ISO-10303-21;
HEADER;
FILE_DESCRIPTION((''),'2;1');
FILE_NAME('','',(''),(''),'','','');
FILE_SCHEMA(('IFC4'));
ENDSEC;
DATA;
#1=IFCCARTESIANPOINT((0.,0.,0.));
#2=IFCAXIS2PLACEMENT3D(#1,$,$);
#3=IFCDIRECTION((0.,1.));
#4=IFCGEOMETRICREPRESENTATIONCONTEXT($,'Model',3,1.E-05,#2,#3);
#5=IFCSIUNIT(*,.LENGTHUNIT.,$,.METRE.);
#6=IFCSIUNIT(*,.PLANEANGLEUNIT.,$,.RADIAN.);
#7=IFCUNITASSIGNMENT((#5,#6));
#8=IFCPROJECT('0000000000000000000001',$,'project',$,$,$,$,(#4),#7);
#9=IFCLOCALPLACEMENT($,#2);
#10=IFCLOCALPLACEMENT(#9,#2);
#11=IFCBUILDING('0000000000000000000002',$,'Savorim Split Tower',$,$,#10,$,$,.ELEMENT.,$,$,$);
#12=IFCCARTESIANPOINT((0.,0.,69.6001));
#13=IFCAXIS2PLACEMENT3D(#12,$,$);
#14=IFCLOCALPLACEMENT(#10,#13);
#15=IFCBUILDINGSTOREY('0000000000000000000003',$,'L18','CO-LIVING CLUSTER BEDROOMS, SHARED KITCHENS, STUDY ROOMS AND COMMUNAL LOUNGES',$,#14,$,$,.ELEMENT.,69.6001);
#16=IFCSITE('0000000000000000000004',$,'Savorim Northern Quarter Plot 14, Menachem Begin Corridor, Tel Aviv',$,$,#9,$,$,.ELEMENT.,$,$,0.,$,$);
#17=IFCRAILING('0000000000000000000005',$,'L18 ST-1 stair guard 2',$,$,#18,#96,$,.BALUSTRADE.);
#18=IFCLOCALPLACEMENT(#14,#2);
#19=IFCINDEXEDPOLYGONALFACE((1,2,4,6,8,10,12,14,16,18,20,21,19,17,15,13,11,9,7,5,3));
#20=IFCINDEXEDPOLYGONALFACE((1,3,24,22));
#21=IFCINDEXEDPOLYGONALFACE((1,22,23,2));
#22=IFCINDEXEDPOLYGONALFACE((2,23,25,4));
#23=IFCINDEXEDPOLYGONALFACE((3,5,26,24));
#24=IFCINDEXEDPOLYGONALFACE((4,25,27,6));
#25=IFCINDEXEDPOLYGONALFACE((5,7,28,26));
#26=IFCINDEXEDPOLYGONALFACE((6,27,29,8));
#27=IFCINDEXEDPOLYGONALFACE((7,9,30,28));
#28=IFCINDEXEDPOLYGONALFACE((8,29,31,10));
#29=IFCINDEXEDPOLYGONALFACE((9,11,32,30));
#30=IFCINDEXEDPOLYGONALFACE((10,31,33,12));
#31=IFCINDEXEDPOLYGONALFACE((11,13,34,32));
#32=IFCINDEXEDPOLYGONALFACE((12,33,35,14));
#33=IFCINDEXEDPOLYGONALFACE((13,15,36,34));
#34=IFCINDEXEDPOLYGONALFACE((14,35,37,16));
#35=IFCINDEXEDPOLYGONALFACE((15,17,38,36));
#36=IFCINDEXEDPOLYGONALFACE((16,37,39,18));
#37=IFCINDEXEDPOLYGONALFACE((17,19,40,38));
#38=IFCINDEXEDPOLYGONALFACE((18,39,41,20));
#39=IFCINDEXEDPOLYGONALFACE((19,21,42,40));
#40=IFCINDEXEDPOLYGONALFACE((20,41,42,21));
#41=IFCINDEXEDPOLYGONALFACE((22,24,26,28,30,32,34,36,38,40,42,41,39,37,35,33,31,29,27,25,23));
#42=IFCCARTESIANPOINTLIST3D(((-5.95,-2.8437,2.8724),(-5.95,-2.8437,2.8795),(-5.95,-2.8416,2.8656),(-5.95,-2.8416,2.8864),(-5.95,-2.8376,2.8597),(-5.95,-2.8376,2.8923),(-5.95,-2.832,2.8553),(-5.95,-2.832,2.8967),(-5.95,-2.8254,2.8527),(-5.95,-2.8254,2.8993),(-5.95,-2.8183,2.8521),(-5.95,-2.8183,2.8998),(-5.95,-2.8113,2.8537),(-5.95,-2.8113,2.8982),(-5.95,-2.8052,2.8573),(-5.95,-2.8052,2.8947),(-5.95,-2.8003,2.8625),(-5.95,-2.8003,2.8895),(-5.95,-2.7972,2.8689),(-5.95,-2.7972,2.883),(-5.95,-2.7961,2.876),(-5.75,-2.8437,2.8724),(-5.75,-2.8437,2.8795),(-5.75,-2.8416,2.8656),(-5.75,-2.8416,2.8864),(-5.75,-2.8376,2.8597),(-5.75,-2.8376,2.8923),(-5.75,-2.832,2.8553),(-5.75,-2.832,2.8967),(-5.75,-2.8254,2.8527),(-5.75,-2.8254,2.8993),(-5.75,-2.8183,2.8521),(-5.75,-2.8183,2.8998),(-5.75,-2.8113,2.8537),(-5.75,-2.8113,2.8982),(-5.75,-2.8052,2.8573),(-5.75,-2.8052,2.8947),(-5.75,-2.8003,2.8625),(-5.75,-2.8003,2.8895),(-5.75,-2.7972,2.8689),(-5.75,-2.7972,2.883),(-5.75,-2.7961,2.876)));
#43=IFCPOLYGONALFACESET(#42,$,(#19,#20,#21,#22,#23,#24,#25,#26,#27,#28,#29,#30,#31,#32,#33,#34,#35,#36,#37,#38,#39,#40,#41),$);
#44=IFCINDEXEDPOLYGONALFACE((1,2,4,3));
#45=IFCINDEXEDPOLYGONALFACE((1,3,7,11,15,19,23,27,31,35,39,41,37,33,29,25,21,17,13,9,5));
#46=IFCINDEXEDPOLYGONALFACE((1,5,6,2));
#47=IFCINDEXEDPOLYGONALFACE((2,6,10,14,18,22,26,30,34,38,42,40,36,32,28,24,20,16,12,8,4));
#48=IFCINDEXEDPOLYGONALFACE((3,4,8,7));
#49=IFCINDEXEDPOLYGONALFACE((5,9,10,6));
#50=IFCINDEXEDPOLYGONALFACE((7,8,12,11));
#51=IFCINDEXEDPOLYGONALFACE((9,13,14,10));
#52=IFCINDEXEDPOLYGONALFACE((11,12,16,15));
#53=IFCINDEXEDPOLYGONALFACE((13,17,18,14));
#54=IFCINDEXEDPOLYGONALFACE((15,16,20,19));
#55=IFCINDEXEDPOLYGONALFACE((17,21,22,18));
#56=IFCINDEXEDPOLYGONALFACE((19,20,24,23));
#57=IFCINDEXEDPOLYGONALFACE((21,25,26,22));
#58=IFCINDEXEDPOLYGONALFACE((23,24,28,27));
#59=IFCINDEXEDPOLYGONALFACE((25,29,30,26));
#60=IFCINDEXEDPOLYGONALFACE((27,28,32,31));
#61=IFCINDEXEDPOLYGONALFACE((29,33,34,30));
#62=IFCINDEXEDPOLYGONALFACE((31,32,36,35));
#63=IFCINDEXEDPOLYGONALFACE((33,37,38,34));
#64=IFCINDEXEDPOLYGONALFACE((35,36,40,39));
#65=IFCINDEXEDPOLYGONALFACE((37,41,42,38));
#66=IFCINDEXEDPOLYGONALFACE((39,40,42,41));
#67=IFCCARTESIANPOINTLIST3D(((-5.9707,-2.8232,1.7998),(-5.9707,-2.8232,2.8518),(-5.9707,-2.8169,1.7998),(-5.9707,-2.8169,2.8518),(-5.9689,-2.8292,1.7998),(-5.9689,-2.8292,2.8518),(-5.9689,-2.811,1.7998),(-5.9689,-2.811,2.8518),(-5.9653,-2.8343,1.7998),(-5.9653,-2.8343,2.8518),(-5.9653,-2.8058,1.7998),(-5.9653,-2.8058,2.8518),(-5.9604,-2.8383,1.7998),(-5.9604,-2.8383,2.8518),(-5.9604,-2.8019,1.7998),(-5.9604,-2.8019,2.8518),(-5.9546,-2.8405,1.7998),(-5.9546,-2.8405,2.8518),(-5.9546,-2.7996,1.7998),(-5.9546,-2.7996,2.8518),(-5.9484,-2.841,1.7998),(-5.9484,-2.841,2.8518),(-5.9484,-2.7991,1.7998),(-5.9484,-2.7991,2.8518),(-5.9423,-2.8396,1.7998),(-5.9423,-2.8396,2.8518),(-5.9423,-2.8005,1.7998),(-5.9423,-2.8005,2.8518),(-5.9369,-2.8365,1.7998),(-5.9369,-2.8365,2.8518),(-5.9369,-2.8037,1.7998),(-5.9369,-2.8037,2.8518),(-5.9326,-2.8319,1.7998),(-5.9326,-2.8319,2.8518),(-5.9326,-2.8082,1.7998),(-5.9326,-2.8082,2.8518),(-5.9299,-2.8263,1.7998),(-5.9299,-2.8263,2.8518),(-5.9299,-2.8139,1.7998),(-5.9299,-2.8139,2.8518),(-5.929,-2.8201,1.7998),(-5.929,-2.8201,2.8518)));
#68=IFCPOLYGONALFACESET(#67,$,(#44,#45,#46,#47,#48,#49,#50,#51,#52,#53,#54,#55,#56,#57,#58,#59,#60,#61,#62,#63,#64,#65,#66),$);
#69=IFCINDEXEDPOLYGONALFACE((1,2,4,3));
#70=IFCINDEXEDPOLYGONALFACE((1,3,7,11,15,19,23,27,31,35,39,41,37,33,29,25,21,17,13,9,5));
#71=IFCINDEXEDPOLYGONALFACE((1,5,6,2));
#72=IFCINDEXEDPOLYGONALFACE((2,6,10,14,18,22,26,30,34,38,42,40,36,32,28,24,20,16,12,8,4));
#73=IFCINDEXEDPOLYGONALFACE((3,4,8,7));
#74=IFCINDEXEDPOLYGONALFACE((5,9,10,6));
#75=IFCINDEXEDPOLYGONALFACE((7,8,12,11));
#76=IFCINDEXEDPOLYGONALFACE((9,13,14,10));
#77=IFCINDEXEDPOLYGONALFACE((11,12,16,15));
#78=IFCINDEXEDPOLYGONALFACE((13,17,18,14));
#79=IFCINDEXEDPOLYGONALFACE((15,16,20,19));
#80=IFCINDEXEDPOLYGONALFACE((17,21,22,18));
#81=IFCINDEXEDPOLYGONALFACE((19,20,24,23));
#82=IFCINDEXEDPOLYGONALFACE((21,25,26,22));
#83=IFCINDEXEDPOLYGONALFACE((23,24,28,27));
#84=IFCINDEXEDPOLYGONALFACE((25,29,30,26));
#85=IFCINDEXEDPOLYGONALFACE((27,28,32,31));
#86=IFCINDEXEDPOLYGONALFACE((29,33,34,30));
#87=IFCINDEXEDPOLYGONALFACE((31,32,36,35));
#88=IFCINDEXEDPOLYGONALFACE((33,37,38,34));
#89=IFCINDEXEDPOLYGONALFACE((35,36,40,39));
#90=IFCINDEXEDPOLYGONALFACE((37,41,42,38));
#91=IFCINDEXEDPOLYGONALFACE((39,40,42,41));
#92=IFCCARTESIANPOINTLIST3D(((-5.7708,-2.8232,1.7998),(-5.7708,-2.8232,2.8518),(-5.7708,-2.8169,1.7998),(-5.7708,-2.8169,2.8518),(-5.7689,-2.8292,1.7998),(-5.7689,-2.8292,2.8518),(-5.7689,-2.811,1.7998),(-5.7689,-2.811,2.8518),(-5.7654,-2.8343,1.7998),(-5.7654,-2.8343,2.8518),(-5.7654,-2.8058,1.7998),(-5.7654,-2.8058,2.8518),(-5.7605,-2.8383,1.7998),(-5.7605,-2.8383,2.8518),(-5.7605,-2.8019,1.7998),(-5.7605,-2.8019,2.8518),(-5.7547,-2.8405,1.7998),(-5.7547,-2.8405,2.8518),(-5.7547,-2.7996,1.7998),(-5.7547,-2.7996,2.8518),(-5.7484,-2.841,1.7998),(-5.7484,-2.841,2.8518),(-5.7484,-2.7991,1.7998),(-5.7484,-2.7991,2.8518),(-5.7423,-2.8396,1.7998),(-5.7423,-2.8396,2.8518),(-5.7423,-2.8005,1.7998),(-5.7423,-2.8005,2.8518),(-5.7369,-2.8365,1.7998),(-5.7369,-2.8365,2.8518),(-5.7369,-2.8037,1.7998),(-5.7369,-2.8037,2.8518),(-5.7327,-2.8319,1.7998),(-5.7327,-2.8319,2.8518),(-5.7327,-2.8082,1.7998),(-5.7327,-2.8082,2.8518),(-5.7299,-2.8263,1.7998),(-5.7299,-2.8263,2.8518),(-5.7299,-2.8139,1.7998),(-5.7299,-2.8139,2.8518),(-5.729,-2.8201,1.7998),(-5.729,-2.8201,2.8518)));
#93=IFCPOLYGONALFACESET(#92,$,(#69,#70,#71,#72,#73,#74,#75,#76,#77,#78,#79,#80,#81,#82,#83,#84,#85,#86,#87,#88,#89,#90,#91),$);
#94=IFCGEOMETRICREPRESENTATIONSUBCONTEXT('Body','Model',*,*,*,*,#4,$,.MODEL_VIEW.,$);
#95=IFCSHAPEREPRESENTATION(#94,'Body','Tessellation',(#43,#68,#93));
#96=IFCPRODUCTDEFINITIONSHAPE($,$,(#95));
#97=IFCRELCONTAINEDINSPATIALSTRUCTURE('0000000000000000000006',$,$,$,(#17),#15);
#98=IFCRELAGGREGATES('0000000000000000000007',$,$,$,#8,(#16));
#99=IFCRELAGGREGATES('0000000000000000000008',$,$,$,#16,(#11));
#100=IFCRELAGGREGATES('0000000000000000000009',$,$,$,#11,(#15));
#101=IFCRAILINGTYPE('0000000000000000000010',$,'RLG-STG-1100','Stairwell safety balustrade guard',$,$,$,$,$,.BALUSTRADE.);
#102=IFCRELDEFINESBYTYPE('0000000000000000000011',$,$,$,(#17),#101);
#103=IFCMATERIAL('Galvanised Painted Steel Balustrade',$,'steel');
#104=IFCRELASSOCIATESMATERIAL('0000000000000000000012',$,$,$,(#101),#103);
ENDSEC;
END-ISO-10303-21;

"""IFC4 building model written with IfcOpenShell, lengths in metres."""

from ifc_helpers import new_model, si_unit, direction, frame, origin, origin_2d, place, context, subcontext, project, spatial, circle, extrude, material, type_object, element, save


model = new_model("IFC4")

# Units and contexts
model_context = context("Model", 3, precision=1e-05, world=origin(), true_north=direction((0.0, 1.0)))
body_context = subcontext(model_context, "Body", "Model", "MODEL_VIEW")
ifc_project = project(units=[si_unit("LENGTHUNIT", "METRE"), si_unit("PLANEANGLEUNIT", "RADIAN")], contexts=[model_context])

# Site, building, storey
site_placement = place(None, origin())
site = spatial("IfcSite", under=ifc_project, at=site_placement, Name="Savorim Northern Quarter Plot 14, Menachem Begin Corridor, Tel Aviv", CompositionType="ELEMENT", RefElevation=0.0)
building_placement = place(site_placement, origin())
building = spatial("IfcBuilding", under=site, at=building_placement, Name="Savorim Split Tower", CompositionType="ELEMENT")
storey_placement = place(building_placement, frame((0.0, 0.0, 69.6001)))
storey = spatial("IfcBuildingStorey", under=building, at=storey_placement, Name="L18", Description="CO-LIVING CLUSTER BEDROOMS, SHARED KITCHENS, STUDY ROOMS AND COMMUNAL LOUNGES", CompositionType="ELEMENT", Elevation=69.6001)

# Railing
ifc_material_1 = material(Name="Galvanised Painted Steel Balustrade", Category="steel")
railing_type_1 = type_object("IfcRailingType", Name="RLG-STG-1100", Description="Stairwell safety balustrade guard", PredefinedType="BALUSTRADE", material=ifc_material_1)
railing_1_placement = place(storey_placement, frame((-5.95, -2.8201, 1.7998)))
element("IfcRailing", 1, at=railing_1_placement, inside=storey, type_object=railing_type_1, Name="L18 ST-1 stair guard 2", PredefinedType="BALUSTRADE", context=body_context, shape_type="SweptSolid", body=[
    extrude(circle(Radius=0.0239, at=origin_2d()), frame((0.0, 0.0, 1.0762), z_axis=(1.0, 0.0, 0.0), x_axis=(0.0, 1.0, 0.0)), (0.0, 0.0, 1.0), 0.2),
    extrude(circle(Radius=0.021, at=origin_2d()), origin(), (0.0, 0.0, 1.0), 1.052),
    extrude(circle(Radius=0.021, at=origin_2d()), frame((0.2, 0.0, 0.0)), (0.0, 0.0, 1.0), 1.052),
])

save(model, "model.ifc")
